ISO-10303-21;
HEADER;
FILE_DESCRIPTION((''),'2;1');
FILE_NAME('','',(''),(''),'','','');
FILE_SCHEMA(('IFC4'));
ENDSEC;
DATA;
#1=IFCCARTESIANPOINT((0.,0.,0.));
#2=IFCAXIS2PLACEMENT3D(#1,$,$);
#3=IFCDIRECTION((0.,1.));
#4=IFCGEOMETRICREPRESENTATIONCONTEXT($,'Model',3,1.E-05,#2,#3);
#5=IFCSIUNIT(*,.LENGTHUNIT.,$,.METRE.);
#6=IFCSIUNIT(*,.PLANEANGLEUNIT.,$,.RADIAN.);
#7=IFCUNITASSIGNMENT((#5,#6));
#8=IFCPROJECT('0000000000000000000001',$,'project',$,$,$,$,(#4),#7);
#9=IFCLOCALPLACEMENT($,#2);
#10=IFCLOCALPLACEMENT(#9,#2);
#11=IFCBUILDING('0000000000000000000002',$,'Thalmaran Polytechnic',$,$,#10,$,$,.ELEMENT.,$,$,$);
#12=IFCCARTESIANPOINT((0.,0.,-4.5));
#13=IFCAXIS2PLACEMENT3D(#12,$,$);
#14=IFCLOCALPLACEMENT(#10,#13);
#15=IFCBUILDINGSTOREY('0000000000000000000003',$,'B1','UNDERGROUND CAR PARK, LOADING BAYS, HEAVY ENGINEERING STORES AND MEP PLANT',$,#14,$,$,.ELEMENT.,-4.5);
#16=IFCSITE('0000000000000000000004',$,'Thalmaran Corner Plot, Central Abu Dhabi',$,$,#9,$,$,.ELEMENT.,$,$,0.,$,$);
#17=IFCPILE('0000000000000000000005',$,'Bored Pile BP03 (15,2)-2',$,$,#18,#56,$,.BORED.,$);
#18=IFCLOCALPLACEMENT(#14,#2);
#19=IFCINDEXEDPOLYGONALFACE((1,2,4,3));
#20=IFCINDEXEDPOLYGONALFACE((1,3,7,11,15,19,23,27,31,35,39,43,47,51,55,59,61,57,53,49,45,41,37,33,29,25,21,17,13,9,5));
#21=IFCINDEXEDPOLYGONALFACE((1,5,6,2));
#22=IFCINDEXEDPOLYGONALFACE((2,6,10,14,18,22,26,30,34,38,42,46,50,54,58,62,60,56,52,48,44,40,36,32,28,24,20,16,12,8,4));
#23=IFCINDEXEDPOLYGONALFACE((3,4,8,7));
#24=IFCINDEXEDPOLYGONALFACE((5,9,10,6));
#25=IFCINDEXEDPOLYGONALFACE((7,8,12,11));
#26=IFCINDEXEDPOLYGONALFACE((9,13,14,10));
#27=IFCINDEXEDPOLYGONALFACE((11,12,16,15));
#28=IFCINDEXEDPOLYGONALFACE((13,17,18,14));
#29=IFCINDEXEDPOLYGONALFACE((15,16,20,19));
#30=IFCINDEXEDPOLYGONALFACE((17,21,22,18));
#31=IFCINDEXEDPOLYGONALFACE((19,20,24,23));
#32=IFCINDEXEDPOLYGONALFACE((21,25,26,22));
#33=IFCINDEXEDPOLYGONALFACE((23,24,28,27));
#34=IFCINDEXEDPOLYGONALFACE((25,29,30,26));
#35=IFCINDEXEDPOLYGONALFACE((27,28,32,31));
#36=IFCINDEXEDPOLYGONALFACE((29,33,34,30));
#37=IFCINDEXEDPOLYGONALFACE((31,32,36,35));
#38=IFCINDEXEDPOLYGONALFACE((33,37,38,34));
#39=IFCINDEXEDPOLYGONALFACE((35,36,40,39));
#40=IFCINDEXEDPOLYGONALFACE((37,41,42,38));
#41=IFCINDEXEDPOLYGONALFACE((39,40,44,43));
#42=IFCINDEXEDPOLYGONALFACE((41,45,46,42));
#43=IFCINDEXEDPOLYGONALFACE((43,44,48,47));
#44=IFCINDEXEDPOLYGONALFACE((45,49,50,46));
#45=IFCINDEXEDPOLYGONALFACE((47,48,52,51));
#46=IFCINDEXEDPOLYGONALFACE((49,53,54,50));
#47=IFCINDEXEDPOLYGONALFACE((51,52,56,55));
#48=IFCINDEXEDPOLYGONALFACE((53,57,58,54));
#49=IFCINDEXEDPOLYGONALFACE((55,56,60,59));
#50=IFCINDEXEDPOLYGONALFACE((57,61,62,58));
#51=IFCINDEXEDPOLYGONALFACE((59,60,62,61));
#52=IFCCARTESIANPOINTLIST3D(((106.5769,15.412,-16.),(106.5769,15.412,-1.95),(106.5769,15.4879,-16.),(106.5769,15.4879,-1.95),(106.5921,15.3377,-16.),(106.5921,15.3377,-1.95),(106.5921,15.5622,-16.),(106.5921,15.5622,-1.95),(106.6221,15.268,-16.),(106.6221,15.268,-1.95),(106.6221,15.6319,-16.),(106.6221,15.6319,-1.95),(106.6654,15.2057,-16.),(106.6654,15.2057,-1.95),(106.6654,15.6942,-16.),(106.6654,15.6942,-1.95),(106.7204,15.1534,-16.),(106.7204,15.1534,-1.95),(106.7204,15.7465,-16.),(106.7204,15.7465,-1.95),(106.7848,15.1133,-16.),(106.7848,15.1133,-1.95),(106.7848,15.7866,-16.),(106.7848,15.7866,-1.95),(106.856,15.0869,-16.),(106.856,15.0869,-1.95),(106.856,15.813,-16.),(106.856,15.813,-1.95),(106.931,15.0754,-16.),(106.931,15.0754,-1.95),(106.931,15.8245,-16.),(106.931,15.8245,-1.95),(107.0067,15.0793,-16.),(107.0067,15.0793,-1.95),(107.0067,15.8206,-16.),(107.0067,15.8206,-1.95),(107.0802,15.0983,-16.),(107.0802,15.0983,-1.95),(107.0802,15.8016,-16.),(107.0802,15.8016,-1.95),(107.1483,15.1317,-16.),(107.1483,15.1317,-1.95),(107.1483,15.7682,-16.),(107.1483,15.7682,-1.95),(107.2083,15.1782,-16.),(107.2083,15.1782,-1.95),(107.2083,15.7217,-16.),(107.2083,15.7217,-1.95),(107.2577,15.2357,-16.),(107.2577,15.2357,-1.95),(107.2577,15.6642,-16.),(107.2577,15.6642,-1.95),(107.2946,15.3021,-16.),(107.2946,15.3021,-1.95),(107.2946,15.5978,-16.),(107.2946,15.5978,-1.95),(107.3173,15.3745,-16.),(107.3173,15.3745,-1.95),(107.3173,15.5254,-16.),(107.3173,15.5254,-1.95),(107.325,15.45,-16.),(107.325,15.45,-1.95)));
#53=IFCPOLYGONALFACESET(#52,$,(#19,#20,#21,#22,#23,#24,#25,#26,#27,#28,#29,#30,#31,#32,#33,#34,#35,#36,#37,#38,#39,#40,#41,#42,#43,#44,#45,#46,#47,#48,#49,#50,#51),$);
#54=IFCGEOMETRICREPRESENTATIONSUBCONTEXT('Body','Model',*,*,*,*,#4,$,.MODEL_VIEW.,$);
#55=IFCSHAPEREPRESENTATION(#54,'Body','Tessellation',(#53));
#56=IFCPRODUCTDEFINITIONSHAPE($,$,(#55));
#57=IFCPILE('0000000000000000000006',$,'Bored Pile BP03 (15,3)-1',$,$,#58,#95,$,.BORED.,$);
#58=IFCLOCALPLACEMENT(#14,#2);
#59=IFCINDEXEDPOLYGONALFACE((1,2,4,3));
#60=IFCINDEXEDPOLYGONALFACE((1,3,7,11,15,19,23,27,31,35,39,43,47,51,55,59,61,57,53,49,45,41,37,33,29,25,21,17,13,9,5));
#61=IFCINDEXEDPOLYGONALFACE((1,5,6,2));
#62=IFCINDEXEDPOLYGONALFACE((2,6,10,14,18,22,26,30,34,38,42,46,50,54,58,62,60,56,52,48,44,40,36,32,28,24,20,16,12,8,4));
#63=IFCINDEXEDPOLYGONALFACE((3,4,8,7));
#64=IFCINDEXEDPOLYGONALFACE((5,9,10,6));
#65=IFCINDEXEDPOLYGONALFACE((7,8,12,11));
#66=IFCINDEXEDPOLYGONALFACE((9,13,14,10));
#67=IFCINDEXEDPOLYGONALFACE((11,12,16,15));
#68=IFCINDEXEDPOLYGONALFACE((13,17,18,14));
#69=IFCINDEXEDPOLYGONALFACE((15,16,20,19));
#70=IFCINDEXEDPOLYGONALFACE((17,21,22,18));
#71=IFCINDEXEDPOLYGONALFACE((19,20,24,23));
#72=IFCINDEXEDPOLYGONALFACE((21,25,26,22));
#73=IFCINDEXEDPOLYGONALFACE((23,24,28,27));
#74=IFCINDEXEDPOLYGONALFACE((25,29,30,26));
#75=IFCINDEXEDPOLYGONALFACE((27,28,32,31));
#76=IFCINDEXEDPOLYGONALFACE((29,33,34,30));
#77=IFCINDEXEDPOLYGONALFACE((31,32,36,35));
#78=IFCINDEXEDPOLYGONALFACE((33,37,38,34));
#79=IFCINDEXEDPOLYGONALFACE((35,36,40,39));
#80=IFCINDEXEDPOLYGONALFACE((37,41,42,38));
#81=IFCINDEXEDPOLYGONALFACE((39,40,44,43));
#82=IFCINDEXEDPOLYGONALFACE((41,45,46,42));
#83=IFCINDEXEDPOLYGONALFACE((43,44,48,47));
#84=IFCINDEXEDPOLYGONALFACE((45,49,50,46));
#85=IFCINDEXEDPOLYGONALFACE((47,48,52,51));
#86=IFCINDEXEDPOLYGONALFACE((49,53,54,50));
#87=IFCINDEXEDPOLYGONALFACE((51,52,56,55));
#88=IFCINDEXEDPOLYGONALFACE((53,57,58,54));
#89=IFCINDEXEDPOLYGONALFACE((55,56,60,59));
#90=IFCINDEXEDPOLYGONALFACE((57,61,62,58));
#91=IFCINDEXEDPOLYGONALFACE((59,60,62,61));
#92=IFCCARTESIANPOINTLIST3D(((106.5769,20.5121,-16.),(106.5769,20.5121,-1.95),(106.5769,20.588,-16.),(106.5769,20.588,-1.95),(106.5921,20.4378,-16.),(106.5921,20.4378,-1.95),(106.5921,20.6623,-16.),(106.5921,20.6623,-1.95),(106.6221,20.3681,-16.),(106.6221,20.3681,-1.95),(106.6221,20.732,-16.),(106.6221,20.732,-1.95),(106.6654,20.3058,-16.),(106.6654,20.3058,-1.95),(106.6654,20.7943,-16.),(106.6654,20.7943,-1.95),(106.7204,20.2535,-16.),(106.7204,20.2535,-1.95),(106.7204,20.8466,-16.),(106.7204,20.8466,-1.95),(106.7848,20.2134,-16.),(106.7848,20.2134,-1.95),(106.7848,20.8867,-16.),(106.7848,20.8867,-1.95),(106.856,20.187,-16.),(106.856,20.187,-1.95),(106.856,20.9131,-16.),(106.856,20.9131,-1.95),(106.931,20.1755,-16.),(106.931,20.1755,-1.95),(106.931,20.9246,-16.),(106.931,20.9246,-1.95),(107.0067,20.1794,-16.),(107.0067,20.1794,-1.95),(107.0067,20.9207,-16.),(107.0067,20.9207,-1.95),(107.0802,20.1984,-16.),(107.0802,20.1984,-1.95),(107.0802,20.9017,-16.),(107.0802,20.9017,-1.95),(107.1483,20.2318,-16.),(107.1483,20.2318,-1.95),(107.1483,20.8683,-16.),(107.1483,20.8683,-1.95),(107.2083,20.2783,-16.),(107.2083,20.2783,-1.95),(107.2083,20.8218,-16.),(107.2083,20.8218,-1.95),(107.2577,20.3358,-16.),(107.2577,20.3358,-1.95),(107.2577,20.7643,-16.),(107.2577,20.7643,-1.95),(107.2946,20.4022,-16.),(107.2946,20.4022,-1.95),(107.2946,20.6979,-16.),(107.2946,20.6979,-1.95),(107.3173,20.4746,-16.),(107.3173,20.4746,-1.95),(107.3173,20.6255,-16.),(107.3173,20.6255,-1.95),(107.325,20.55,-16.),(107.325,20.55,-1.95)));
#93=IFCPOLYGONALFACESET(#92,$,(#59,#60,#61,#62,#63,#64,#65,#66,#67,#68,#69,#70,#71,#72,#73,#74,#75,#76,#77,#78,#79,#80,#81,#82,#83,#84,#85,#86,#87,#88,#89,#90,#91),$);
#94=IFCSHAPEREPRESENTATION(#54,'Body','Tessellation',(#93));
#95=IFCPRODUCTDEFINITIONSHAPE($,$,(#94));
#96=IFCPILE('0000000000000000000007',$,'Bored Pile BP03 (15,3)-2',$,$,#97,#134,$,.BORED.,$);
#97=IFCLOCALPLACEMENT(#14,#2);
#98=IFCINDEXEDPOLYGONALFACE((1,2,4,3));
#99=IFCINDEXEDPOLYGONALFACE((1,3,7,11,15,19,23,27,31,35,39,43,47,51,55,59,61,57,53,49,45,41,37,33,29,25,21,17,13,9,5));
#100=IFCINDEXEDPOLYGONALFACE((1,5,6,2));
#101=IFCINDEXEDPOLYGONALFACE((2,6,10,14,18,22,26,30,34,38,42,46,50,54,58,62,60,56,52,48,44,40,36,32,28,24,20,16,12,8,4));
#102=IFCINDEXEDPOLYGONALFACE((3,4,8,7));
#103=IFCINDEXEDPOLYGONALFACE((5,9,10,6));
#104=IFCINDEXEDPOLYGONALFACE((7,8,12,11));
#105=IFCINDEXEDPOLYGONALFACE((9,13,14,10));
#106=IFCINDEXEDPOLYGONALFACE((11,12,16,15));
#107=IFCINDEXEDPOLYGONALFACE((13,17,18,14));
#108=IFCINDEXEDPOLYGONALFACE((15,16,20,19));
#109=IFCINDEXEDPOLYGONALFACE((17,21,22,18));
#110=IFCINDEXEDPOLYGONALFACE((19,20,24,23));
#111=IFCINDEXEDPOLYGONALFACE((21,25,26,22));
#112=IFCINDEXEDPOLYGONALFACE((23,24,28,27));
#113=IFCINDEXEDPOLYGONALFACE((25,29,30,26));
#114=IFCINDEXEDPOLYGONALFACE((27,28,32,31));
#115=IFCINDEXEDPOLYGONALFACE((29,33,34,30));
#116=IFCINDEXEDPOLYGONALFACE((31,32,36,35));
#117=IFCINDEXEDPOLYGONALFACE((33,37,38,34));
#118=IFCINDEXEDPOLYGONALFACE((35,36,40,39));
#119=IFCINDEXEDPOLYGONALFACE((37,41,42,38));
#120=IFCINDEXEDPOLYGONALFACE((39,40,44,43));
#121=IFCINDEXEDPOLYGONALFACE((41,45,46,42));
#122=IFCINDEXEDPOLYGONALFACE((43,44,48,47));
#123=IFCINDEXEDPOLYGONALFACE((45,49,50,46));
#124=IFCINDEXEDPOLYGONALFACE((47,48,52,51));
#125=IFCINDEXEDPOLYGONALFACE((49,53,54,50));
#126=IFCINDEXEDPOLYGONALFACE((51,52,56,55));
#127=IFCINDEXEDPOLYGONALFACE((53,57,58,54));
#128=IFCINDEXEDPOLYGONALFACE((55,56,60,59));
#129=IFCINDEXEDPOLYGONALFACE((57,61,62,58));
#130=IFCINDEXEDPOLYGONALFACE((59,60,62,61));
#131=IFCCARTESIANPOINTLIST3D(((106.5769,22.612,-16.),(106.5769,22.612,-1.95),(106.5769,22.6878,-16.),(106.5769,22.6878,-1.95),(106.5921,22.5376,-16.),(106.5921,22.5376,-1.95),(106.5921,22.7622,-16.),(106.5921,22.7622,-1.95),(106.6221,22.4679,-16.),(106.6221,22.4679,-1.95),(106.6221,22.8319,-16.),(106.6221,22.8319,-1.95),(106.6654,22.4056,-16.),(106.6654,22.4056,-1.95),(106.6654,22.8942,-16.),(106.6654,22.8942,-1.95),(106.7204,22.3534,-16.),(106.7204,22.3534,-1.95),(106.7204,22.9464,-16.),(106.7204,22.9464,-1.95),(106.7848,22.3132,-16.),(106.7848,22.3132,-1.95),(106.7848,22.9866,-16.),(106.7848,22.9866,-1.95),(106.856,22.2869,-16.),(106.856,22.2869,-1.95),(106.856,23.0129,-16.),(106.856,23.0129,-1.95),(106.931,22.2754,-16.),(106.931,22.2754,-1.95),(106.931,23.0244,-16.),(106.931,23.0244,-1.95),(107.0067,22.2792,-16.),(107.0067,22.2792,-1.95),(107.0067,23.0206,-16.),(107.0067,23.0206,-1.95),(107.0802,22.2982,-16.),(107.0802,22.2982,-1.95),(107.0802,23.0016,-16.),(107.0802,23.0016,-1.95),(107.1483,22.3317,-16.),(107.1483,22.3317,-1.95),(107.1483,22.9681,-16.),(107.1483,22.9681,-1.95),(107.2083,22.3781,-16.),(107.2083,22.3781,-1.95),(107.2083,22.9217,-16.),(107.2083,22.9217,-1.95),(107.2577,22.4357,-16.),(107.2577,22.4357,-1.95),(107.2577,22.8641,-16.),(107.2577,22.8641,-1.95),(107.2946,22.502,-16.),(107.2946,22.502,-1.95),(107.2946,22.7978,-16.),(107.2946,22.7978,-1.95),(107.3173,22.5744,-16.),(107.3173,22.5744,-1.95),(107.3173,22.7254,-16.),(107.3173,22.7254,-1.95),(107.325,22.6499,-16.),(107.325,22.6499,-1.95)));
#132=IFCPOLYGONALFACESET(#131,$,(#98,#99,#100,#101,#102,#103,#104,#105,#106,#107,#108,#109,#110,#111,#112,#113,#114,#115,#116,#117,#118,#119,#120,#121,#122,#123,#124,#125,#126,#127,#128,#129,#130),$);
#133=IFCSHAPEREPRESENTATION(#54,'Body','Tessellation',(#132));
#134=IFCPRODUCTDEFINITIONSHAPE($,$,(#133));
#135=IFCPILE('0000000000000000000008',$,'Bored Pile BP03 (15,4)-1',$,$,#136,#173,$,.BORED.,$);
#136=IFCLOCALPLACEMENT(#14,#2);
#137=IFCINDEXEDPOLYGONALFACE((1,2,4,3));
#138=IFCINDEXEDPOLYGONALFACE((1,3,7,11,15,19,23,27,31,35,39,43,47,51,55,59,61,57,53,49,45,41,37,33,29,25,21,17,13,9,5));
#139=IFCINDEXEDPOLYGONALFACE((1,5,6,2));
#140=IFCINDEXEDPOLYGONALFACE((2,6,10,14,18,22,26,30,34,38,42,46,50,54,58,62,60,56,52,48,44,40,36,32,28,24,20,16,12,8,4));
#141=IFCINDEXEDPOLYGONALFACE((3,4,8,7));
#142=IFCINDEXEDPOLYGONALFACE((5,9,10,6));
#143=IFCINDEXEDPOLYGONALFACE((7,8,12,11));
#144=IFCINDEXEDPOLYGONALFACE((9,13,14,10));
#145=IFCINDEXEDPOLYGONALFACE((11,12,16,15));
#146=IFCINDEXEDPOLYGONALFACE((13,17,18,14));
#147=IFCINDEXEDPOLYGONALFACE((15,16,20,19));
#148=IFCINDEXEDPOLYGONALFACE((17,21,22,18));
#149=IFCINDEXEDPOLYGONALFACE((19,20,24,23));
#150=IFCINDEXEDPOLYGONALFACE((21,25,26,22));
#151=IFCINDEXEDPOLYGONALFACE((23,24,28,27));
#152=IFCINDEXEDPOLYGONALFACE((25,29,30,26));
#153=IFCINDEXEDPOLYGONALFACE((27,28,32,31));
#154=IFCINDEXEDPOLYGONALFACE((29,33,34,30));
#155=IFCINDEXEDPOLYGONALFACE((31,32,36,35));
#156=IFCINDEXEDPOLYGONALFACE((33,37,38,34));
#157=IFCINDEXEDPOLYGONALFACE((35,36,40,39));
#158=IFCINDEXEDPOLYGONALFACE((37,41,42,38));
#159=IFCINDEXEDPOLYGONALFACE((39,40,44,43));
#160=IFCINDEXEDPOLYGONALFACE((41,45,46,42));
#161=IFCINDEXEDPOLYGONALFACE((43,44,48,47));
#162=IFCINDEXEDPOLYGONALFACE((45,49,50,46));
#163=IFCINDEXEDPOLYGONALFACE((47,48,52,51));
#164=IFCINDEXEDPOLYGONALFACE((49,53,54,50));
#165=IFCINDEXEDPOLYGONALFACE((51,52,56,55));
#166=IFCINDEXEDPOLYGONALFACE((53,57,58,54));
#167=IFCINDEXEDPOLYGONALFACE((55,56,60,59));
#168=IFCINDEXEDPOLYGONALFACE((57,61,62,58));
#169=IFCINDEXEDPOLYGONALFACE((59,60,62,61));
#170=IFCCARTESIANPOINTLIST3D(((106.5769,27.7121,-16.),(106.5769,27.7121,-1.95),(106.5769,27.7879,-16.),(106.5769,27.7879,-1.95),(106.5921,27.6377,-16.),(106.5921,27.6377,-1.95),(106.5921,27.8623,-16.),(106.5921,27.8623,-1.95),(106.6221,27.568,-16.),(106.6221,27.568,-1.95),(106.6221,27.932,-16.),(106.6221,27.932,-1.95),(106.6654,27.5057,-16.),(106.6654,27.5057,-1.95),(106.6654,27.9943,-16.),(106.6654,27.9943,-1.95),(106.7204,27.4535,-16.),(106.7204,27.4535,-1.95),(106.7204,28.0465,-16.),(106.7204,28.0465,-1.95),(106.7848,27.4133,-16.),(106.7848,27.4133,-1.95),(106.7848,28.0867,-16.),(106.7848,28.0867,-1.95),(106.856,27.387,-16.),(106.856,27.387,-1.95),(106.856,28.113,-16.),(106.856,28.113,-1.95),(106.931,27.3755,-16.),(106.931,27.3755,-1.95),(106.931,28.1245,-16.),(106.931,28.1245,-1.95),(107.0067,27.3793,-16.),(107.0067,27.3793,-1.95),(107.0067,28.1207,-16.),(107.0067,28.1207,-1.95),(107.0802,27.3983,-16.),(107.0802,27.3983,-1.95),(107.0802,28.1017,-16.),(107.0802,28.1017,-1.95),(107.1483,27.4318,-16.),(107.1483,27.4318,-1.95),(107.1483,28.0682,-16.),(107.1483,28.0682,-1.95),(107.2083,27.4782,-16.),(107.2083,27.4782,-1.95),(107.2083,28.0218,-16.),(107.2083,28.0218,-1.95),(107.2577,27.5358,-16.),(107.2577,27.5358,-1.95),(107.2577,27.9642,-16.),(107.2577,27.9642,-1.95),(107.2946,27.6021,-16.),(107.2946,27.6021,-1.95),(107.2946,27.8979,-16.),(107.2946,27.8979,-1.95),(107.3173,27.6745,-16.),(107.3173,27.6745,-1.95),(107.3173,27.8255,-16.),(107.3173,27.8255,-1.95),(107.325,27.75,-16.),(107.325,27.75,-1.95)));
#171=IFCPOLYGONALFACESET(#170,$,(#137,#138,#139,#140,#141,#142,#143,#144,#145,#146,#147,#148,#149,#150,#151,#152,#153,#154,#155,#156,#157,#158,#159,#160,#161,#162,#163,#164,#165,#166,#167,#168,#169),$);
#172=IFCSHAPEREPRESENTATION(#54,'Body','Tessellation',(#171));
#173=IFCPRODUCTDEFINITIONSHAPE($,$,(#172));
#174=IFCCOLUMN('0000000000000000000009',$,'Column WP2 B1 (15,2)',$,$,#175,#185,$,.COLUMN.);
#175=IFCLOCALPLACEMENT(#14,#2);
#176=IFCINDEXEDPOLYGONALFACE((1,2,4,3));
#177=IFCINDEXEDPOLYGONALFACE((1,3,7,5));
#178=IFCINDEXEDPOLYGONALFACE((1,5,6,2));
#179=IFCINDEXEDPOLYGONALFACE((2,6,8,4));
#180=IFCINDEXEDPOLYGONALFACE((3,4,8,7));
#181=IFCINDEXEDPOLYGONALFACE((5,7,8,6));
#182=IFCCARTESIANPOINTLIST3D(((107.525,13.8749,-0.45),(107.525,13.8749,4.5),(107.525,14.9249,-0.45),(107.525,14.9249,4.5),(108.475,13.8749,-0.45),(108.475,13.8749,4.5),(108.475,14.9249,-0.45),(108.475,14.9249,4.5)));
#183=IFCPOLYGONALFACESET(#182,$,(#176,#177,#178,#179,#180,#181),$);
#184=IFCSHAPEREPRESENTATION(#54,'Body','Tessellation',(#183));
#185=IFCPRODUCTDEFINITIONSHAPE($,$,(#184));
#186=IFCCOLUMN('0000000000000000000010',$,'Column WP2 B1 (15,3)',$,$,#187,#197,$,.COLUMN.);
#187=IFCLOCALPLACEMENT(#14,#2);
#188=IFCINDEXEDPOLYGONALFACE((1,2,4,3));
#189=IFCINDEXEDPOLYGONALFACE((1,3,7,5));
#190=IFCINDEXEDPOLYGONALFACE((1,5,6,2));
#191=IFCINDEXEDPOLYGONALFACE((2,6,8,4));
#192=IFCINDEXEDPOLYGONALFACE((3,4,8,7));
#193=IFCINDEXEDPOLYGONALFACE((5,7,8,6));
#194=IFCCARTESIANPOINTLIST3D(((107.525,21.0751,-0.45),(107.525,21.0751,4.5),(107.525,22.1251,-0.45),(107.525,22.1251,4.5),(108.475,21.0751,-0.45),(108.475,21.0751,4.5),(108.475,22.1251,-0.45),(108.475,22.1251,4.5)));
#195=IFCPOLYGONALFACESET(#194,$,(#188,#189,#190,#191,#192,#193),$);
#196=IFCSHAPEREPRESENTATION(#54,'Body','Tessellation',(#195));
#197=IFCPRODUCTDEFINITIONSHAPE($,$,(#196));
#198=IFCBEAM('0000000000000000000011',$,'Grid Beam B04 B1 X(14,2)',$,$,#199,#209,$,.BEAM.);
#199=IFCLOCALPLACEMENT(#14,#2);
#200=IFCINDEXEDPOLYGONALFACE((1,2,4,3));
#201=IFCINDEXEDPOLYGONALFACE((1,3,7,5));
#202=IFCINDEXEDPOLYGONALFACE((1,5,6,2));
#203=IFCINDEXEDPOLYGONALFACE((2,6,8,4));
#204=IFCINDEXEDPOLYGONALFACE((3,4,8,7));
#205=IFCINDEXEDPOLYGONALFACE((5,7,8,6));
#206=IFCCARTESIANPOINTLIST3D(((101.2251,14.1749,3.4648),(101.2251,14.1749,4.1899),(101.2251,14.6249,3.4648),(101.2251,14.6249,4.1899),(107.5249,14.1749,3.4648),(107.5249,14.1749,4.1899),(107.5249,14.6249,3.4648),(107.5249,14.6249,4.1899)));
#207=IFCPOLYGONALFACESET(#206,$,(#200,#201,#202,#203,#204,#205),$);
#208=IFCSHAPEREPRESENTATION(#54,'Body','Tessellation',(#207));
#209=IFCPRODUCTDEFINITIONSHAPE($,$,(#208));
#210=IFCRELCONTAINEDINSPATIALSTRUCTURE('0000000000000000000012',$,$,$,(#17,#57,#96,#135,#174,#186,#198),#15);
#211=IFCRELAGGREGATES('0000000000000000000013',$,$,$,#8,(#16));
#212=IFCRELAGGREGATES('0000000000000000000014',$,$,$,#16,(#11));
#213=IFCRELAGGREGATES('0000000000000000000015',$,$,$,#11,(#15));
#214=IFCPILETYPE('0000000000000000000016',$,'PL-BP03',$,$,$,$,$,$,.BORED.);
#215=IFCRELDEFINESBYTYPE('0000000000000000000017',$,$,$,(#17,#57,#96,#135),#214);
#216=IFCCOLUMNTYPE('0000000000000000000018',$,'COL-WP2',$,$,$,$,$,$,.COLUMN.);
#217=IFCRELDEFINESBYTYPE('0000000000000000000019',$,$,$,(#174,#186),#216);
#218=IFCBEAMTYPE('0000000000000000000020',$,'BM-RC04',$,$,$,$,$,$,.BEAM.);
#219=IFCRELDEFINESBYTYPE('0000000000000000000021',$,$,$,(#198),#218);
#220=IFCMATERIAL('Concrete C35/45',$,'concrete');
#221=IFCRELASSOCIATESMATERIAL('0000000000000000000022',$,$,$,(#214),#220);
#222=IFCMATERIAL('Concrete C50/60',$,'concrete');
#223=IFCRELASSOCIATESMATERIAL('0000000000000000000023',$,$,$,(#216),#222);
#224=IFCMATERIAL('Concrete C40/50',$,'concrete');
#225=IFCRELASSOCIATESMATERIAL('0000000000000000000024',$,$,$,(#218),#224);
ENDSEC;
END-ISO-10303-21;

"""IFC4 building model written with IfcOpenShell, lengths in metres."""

from ifc_helpers import new_model, si_unit, direction, frame, origin, origin_2d, place, context, subcontext, project, spatial, rectangle, circle, extrude, material, material_profile, profile_set, type_object, element, save


model = new_model("IFC4")

# Units and contexts
model_context = context("Model", 3, precision=1e-05, world=origin(), true_north=direction((0.0, 1.0)))
body_context = subcontext(model_context, "Body", "Model", "MODEL_VIEW")
ifc_project = project(units=[si_unit("LENGTHUNIT", "METRE"), si_unit("PLANEANGLEUNIT", "RADIAN")], contexts=[model_context])

# Site, building, storey
site_placement = place(None, origin())
site = spatial("IfcSite", under=ifc_project, at=site_placement, Name="Thalmaran Corner Plot, Central Abu Dhabi", CompositionType="ELEMENT", RefElevation=0.0)
building_placement = place(site_placement, origin())
building = spatial("IfcBuilding", under=site, at=building_placement, Name="Thalmaran Polytechnic", CompositionType="ELEMENT")
storey_placement = place(building_placement, frame((0.0, 0.0, -4.5)))
storey = spatial("IfcBuildingStorey", under=building, at=storey_placement, Name="B1", Description="UNDERGROUND CAR PARK, LOADING BAYS, HEAVY ENGINEERING STORES AND MEP PLANT", CompositionType="ELEMENT", Elevation=-4.5)

# Shared definitions
ifc_material_1 = material(Name="Concrete C40/50", Category="concrete")

# Piles
ifc_material_2 = material(Name="Concrete C35/45", Category="concrete")
ifc_material_profile_1 = material_profile(ifc_material_2, circle(Radius=0.375, at=origin_2d()), Name="RC 750 DIA")
ifc_profile_set_1 = profile_set([ifc_material_profile_1], Name="Concrete C35/45")
pile_type = type_object("IfcPileType", Name="PL-BP03", PredefinedType="BORED", material=ifc_profile_set_1)
for number, where, z_axis, x_axis, name in (
    (1, (106.95, 15.45, -1.95), (0.0, 0.0, -1.0), (1.0, 0.0, 0.0), "Bored Pile BP03 (15,2)-2"),
    (2, (106.95, 20.55, -1.95), (0.0, 0.0, -1.0), (1.0, 0.0, 0.0), "Bored Pile BP03 (15,3)-1"),
    (3, (106.95, 22.6499, -1.95), (0.0, 0.0, -1.0), (1.0, 0.0, 0.0), "Bored Pile BP03 (15,3)-2"),
    (4, (106.95, 27.75, -1.95), (0.0, 0.0, -1.0), (1.0, 0.0, 0.0), "Bored Pile BP03 (15,4)-1"),
):
    element("IfcPile", number, at=place(storey_placement, frame(where, z_axis=z_axis, x_axis=x_axis)), inside=storey, type_object=pile_type, Name=name, PredefinedType="BORED", context=body_context, shape_type="SweptSolid", body=[
        extrude(circle(Radius=0.375, at=origin_2d()), origin(), (0.0, 0.0, 1.0), 14.05),
    ])

# Columns
ifc_material_3 = material(Name="Concrete C50/60", Category="concrete")
ifc_material_profile_2 = material_profile(ifc_material_3, rectangle(XDim=0.95, YDim=1.05, at=origin_2d()), Name="RC 950x1050")
ifc_profile_set_2 = profile_set([ifc_material_profile_2], Name="Concrete C50/60")
column_type = type_object("IfcColumnType", Name="COL-WP2", PredefinedType="COLUMN", material=ifc_profile_set_2)
for number, where, z_axis, x_axis, name in (
    (5, (108.0, 14.3999, -0.45), (0.0, 0.0, 1.0), (1.0, 0.0, 0.0), "Column WP2 B1 (15,2)"),
    (6, (108.0, 21.6001, -0.45), (0.0, 0.0, 1.0), (1.0, 0.0, 0.0), "Column WP2 B1 (15,3)"),
):
    element("IfcColumn", number, at=place(storey_placement, frame(where, z_axis=z_axis, x_axis=x_axis)), inside=storey, type_object=column_type, Name=name, PredefinedType="COLUMN", context=body_context, shape_type="SweptSolid", body=[
        extrude(rectangle(XDim=0.95, YDim=1.05, at=origin_2d()), origin(), (0.0, 0.0, 1.0), 4.95),
    ])

# Beam
ifc_material_profile_3 = material_profile(ifc_material_1, rectangle(XDim=0.45, YDim=0.7251, at=origin_2d()), Name="RC 450x725")
ifc_profile_set_3 = profile_set([ifc_material_profile_3], Name="Concrete C40/50")
beam_type_1 = type_object("IfcBeamType", Name="BM-RC04", PredefinedType="BEAM", material=ifc_profile_set_3)
for number, where, z_axis, x_axis, name in (
    (7, (101.2251, 14.3999, 3.8274), (1.0, 0.0, 0.0), (0.0, 1.0, 0.0), "Grid Beam B04 B1 X(14,2)"),
):
    element("IfcBeam", number, at=place(storey_placement, frame(where, z_axis=z_axis, x_axis=x_axis)), inside=storey, type_object=beam_type_1, Name=name, PredefinedType="BEAM", context=body_context, shape_type="SweptSolid", body=[
        extrude(rectangle(XDim=0.45, YDim=0.7251, at=origin_2d()), origin(), (0.0, 0.0, 1.0), 6.2998),
    ])

save(model, "model.ifc")
